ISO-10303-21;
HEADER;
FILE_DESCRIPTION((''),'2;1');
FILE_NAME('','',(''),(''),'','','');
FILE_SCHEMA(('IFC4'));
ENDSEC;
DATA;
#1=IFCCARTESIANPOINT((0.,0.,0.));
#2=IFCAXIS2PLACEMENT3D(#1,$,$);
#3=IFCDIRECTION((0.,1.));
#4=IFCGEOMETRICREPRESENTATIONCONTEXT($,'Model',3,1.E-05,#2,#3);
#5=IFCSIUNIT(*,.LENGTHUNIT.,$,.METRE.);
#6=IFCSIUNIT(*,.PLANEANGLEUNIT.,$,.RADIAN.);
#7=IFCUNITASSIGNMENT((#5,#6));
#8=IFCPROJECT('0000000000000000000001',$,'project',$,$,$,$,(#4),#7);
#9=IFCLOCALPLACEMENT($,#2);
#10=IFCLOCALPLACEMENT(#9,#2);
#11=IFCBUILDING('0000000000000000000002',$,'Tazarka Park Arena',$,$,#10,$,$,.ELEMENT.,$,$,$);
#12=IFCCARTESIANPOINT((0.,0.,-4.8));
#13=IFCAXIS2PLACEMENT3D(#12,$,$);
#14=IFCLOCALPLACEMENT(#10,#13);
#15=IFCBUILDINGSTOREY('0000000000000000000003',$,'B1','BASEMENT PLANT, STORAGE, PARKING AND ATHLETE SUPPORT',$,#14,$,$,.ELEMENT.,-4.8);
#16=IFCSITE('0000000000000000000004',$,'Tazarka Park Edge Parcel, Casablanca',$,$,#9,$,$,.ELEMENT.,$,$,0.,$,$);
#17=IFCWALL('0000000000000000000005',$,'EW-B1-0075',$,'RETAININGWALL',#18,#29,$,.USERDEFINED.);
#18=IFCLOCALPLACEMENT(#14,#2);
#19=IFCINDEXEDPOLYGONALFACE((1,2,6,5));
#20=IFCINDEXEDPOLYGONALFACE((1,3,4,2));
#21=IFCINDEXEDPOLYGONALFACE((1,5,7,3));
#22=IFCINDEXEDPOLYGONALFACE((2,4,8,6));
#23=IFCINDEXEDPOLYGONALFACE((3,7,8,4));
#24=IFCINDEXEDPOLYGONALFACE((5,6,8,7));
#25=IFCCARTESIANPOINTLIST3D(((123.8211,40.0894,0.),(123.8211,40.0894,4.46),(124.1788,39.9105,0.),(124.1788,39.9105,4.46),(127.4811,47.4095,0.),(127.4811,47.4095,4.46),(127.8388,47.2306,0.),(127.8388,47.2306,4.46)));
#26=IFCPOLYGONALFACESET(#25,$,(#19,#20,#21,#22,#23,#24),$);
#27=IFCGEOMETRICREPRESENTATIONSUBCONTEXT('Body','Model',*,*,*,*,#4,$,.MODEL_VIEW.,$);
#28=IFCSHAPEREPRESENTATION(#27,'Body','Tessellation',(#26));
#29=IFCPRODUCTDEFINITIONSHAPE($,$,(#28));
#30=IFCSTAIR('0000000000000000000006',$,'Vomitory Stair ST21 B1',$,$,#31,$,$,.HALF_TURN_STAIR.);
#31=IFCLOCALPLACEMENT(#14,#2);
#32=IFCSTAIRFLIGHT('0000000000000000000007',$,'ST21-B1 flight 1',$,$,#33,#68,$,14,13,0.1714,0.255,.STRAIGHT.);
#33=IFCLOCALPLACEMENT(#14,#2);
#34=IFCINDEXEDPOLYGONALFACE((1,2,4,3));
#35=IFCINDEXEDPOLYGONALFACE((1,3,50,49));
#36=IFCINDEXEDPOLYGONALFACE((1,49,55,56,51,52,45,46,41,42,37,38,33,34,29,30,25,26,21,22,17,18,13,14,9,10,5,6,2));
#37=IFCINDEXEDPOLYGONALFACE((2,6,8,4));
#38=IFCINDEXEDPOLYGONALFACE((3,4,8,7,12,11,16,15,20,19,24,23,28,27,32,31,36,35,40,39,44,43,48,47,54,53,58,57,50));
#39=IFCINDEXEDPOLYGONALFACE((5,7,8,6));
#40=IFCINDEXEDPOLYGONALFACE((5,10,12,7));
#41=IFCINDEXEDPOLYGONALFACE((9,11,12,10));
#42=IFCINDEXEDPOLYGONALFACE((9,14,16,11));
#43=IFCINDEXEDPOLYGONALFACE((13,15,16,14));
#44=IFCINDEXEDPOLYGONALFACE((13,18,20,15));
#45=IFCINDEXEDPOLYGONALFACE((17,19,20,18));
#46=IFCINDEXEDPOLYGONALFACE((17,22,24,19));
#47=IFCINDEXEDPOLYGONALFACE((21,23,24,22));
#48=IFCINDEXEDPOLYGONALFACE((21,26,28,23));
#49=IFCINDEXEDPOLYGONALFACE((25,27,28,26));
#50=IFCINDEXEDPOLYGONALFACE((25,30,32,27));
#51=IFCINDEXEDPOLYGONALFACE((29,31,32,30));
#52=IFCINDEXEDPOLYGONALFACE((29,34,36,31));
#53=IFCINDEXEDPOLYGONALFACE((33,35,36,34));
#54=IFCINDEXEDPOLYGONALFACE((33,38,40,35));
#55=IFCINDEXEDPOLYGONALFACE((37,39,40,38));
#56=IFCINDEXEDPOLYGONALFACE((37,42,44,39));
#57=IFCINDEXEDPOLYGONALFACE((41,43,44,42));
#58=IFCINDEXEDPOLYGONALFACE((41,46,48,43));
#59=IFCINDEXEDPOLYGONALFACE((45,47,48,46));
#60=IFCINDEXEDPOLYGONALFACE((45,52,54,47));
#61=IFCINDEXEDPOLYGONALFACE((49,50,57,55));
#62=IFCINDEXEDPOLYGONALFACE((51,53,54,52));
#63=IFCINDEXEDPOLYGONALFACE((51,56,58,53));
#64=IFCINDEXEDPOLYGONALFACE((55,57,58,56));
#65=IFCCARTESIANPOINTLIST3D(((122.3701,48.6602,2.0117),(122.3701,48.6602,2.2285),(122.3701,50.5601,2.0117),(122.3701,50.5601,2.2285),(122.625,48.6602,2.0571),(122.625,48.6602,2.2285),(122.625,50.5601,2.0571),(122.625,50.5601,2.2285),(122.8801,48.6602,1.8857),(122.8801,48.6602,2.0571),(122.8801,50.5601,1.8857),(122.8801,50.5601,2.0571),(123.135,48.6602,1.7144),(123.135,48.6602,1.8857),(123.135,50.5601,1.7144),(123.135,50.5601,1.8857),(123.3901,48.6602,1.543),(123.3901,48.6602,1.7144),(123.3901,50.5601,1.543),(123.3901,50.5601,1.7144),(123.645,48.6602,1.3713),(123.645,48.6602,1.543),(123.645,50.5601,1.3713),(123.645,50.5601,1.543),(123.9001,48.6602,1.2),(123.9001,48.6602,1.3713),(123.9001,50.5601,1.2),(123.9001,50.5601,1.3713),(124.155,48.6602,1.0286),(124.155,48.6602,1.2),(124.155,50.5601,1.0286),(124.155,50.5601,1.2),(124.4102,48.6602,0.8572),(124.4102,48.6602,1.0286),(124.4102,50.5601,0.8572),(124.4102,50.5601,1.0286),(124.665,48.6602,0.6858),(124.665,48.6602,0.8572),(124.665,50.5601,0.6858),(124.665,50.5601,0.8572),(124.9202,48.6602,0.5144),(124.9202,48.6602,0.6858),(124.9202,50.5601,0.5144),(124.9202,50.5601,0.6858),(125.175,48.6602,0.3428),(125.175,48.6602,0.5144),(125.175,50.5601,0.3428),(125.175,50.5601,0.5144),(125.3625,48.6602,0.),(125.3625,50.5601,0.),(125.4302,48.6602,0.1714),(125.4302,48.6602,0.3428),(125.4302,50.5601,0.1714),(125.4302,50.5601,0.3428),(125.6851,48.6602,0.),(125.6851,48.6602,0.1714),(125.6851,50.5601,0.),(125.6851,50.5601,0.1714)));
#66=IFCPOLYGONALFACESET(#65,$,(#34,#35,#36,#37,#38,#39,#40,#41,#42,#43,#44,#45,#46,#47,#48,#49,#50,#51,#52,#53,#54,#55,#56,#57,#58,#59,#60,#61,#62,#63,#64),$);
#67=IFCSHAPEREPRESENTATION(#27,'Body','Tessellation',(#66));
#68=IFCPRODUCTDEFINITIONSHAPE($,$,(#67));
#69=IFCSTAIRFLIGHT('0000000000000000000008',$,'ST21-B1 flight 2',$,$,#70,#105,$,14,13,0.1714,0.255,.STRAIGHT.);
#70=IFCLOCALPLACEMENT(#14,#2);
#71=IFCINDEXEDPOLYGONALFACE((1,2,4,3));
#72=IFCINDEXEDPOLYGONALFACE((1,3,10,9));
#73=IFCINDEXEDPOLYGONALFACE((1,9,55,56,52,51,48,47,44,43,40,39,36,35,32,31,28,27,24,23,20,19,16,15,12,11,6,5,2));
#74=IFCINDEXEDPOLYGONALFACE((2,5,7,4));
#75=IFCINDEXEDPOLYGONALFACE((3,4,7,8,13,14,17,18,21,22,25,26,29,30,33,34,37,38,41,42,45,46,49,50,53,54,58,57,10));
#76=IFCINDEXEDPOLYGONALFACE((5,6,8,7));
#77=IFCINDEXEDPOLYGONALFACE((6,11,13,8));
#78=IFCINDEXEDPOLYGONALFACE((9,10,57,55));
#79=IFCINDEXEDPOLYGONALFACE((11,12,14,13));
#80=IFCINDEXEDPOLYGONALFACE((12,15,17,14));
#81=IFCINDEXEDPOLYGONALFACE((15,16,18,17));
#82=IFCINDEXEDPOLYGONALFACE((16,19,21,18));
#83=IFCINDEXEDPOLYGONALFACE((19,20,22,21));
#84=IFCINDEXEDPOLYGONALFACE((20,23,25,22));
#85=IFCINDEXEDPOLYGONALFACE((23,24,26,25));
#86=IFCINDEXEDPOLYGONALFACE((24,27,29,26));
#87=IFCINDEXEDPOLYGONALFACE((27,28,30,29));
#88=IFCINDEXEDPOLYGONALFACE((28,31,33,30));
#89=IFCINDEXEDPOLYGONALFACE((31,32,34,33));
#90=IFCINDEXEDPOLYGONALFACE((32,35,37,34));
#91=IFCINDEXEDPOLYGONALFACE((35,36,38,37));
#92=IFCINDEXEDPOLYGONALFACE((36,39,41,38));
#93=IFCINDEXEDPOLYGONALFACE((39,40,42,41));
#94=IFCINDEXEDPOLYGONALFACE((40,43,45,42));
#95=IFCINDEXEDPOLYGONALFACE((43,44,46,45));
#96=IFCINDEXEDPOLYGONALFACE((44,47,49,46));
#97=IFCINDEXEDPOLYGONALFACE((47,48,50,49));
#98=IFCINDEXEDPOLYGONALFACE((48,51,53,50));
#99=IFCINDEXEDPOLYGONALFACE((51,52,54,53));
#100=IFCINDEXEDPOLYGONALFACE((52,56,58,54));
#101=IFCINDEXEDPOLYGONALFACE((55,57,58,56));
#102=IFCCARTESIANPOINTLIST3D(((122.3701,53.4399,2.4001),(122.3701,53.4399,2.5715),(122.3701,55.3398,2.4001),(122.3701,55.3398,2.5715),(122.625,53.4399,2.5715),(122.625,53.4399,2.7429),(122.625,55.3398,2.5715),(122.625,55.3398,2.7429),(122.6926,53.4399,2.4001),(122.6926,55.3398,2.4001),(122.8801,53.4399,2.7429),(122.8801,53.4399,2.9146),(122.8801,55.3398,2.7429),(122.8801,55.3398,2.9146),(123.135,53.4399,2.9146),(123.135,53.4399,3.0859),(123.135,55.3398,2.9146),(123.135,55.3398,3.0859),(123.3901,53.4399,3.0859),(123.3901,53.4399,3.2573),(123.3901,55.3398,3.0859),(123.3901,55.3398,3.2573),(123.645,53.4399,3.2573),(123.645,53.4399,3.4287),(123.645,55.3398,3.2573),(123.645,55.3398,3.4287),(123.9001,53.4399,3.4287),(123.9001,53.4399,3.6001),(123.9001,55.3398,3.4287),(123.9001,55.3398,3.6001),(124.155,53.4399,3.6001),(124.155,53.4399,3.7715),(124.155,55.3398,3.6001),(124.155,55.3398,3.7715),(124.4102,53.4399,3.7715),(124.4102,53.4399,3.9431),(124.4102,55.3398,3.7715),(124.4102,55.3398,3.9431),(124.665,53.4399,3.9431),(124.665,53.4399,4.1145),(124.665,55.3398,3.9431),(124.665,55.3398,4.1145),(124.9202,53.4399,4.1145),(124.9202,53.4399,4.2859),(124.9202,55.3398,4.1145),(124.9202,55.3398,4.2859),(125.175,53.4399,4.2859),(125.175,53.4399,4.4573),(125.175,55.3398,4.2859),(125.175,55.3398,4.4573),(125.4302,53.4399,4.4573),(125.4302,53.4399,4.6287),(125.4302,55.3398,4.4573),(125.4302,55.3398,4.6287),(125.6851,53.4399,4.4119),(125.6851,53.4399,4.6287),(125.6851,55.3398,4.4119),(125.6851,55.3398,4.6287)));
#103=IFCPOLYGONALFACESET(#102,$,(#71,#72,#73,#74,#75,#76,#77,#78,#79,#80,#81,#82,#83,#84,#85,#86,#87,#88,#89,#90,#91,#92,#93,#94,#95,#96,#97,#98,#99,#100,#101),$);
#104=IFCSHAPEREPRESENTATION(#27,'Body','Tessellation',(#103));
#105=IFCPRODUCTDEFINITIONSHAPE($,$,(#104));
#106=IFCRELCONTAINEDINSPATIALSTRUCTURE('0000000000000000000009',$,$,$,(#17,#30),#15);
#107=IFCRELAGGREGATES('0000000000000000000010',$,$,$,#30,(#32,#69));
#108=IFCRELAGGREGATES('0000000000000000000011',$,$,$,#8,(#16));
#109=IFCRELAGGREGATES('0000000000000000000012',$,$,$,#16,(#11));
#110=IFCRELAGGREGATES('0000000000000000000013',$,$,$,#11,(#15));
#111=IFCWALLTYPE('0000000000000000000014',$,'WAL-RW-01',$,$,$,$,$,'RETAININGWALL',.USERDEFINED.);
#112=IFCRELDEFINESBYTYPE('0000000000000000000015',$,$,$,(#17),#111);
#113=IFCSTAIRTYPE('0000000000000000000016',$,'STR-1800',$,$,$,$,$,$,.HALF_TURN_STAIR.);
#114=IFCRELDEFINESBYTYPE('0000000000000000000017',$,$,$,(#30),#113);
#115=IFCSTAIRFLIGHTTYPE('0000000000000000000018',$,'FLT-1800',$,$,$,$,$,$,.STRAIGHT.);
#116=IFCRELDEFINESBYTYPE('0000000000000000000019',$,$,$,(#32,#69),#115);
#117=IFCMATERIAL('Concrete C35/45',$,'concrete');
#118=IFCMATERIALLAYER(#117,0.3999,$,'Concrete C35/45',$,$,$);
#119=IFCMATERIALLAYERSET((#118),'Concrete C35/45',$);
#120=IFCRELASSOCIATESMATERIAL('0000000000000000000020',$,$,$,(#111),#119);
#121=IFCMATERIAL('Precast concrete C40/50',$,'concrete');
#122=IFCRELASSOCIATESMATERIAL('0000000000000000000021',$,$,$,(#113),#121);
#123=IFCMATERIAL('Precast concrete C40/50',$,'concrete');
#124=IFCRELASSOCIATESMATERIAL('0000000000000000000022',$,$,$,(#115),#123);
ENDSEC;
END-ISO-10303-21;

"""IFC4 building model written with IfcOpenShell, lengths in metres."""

from ifc_helpers import new_model, si_unit, direction, frame, frame_2d, origin, place, context, subcontext, project, spatial, polyline, rectangle, outline, extrude, material, layer, layer_set, type_object, element, aggregate, save


model = new_model("IFC4")

# Units and contexts
model_context = context("Model", 3, precision=1e-05, world=origin(), true_north=direction((0.0, 1.0)))
body_context = subcontext(model_context, "Body", "Model", "MODEL_VIEW")
ifc_project = project(units=[si_unit("LENGTHUNIT", "METRE"), si_unit("PLANEANGLEUNIT", "RADIAN")], contexts=[model_context])

# Site, building, storey
site_placement = place(None, origin())
site = spatial("IfcSite", under=ifc_project, at=site_placement, Name="Tazarka Park Edge Parcel, Casablanca", CompositionType="ELEMENT", RefElevation=0.0)
building_placement = place(site_placement, origin())
building = spatial("IfcBuilding", under=site, at=building_placement, Name="Tazarka Park Arena", CompositionType="ELEMENT")
storey_placement = place(building_placement, frame((0.0, 0.0, -4.8)))
storey = spatial("IfcBuildingStorey", under=building, at=storey_placement, Name="B1", Description="BASEMENT PLANT, STORAGE, PARKING AND ATHLETE SUPPORT", CompositionType="ELEMENT", Elevation=-4.8)

# Wall
ifc_material_1 = material(Name="Concrete C35/45", Category="concrete")
ifc_layer_1 = layer(ifc_material_1, 0.3999, Name="Concrete C35/45")
ifc_layer_set_1 = layer_set([ifc_layer_1], Name="Concrete C35/45")
wall_type_1 = type_object("IfcWallType", Name="WAL-RW-01", ElementType="RETAININGWALL", PredefinedType="USERDEFINED", material=ifc_layer_set_1)
wall_1_placement = place(storey_placement, frame((127.6599, 47.3201, 0.0), z_axis=(0.0, 0.0, 1.0), x_axis=(-0.447202, -0.894433, 0.0)))
element("IfcWall", 1, at=wall_1_placement, inside=storey, type_object=wall_type_1, Name="EW-B1-0075", ObjectType="RETAININGWALL", PredefinedType="USERDEFINED", context=body_context, shape_type="SweptSolid", body=[
    extrude(rectangle(XDim=8.1841, YDim=0.3999, at=frame_2d((4.092, 0.0))), origin(), (0.0, 0.0, 1.0), 4.46),
])

# Stair, stair flights
ifc_material_2 = material(Name="Precast concrete C40/50", Category="concrete")
stair_type = type_object("IfcStairType", Name="STR-1800", PredefinedType="HALF_TURN_STAIR", material=ifc_material_2)
stair_placement = place(storey_placement, origin())
stair = element("IfcStair", 2, at=stair_placement, inside=storey, type_object=stair_type, Name="Vomitory Stair ST21 B1", PredefinedType="HALF_TURN_STAIR")
ifc_material_3 = material(Name="Precast concrete C40/50", Category="concrete")
stair_flight_type = type_object("IfcStairFlightType", Name="FLT-1800", PredefinedType="STRAIGHT", material=ifc_material_3)
stair_flight_1_placement = place(storey_placement, frame((125.6851, 49.6101, 0.0), z_axis=(0.0, 0.0, 1.0), x_axis=(-1.0, 0.0, 0.0)))
stair_flight_1 = element("IfcStairFlight", 3, at=stair_flight_1_placement, type_object=stair_flight_type, Name="ST21-B1 flight 1", NumberOfRisers=14, NumberOfTreads=13, PredefinedType="STRAIGHT", RiserHeight=0.1714, TreadLength=0.255, context=body_context, shape_type="SweptSolid", body=[
    extrude(outline(polyline([(0.0, 0.0), (0.0, 0.1714), (0.2549, 0.1714), (0.2549, 0.3428), (0.51, 0.3428), (0.51, 0.5144), (0.7649, 0.5144), (0.7649, 0.6858), (1.02, 0.6858), (1.02, 0.8572), (1.2749, 0.8572), (1.2749, 1.0286), (1.53, 1.0286), (1.53, 1.2), (1.7849, 1.2), (1.7849, 1.3713), (2.04, 1.3713), (2.04, 1.543), (2.2949, 1.543), (2.2949, 1.7144), (2.55, 1.7144), (2.55, 1.8857), (2.8049, 1.8857), (2.8049, 2.0571), (3.0601, 2.0571), (3.0601, 2.2285), (3.3149, 2.2285), (3.3149, 2.3999), (3.3149, 2.0117), (0.3225, 0.0), (0.0, 0.0)])), frame((0.0, 0.95, 0.0), z_axis=(0.0, -1.0, 0.0), x_axis=(1.0, 0.0, 0.0)), (0.0, 0.0, 1.0), 1.8999),
])
stair_flight_2_placement = place(storey_placement, frame((122.3701, 54.3899, 2.4001), z_axis=(0.0, 0.0, 1.0), x_axis=(1.0, 0.0, 0.0)))
stair_flight_2 = element("IfcStairFlight", 4, at=stair_flight_2_placement, type_object=stair_flight_type, Name="ST21-B1 flight 2", NumberOfRisers=14, NumberOfTreads=13, PredefinedType="STRAIGHT", RiserHeight=0.1714, TreadLength=0.255, context=body_context, shape_type="SweptSolid", body=[
    extrude(outline(polyline([(0.0, 0.0), (0.0, 0.1714), (0.2549, 0.1714), (0.2549, 0.3428), (0.51, 0.3428), (0.51, 0.5144), (0.7649, 0.5144), (0.7649, 0.6858), (1.02, 0.6858), (1.02, 0.8572), (1.2749, 0.8572), (1.2749, 1.0286), (1.53, 1.0286), (1.53, 1.2), (1.7849, 1.2), (1.7849, 1.3713), (2.04, 1.3713), (2.04, 1.543), (2.2949, 1.543), (2.2949, 1.7144), (2.55, 1.7144), (2.55, 1.8857), (2.8049, 1.8857), (2.8049, 2.0571), (3.0601, 2.0571), (3.0601, 2.2285), (3.3149, 2.2285), (3.3149, 2.3999), (3.3149, 2.0117), (0.3225, 0.0), (0.0, 0.0)])), frame((0.0, 0.95, 0.0), z_axis=(0.0, -1.0, 0.0), x_axis=(1.0, 0.0, 0.0)), (0.0, 0.0, 1.0), 1.8999),
])
aggregate(stair, [stair_flight_1, stair_flight_2])

save(model, "model.ifc")
